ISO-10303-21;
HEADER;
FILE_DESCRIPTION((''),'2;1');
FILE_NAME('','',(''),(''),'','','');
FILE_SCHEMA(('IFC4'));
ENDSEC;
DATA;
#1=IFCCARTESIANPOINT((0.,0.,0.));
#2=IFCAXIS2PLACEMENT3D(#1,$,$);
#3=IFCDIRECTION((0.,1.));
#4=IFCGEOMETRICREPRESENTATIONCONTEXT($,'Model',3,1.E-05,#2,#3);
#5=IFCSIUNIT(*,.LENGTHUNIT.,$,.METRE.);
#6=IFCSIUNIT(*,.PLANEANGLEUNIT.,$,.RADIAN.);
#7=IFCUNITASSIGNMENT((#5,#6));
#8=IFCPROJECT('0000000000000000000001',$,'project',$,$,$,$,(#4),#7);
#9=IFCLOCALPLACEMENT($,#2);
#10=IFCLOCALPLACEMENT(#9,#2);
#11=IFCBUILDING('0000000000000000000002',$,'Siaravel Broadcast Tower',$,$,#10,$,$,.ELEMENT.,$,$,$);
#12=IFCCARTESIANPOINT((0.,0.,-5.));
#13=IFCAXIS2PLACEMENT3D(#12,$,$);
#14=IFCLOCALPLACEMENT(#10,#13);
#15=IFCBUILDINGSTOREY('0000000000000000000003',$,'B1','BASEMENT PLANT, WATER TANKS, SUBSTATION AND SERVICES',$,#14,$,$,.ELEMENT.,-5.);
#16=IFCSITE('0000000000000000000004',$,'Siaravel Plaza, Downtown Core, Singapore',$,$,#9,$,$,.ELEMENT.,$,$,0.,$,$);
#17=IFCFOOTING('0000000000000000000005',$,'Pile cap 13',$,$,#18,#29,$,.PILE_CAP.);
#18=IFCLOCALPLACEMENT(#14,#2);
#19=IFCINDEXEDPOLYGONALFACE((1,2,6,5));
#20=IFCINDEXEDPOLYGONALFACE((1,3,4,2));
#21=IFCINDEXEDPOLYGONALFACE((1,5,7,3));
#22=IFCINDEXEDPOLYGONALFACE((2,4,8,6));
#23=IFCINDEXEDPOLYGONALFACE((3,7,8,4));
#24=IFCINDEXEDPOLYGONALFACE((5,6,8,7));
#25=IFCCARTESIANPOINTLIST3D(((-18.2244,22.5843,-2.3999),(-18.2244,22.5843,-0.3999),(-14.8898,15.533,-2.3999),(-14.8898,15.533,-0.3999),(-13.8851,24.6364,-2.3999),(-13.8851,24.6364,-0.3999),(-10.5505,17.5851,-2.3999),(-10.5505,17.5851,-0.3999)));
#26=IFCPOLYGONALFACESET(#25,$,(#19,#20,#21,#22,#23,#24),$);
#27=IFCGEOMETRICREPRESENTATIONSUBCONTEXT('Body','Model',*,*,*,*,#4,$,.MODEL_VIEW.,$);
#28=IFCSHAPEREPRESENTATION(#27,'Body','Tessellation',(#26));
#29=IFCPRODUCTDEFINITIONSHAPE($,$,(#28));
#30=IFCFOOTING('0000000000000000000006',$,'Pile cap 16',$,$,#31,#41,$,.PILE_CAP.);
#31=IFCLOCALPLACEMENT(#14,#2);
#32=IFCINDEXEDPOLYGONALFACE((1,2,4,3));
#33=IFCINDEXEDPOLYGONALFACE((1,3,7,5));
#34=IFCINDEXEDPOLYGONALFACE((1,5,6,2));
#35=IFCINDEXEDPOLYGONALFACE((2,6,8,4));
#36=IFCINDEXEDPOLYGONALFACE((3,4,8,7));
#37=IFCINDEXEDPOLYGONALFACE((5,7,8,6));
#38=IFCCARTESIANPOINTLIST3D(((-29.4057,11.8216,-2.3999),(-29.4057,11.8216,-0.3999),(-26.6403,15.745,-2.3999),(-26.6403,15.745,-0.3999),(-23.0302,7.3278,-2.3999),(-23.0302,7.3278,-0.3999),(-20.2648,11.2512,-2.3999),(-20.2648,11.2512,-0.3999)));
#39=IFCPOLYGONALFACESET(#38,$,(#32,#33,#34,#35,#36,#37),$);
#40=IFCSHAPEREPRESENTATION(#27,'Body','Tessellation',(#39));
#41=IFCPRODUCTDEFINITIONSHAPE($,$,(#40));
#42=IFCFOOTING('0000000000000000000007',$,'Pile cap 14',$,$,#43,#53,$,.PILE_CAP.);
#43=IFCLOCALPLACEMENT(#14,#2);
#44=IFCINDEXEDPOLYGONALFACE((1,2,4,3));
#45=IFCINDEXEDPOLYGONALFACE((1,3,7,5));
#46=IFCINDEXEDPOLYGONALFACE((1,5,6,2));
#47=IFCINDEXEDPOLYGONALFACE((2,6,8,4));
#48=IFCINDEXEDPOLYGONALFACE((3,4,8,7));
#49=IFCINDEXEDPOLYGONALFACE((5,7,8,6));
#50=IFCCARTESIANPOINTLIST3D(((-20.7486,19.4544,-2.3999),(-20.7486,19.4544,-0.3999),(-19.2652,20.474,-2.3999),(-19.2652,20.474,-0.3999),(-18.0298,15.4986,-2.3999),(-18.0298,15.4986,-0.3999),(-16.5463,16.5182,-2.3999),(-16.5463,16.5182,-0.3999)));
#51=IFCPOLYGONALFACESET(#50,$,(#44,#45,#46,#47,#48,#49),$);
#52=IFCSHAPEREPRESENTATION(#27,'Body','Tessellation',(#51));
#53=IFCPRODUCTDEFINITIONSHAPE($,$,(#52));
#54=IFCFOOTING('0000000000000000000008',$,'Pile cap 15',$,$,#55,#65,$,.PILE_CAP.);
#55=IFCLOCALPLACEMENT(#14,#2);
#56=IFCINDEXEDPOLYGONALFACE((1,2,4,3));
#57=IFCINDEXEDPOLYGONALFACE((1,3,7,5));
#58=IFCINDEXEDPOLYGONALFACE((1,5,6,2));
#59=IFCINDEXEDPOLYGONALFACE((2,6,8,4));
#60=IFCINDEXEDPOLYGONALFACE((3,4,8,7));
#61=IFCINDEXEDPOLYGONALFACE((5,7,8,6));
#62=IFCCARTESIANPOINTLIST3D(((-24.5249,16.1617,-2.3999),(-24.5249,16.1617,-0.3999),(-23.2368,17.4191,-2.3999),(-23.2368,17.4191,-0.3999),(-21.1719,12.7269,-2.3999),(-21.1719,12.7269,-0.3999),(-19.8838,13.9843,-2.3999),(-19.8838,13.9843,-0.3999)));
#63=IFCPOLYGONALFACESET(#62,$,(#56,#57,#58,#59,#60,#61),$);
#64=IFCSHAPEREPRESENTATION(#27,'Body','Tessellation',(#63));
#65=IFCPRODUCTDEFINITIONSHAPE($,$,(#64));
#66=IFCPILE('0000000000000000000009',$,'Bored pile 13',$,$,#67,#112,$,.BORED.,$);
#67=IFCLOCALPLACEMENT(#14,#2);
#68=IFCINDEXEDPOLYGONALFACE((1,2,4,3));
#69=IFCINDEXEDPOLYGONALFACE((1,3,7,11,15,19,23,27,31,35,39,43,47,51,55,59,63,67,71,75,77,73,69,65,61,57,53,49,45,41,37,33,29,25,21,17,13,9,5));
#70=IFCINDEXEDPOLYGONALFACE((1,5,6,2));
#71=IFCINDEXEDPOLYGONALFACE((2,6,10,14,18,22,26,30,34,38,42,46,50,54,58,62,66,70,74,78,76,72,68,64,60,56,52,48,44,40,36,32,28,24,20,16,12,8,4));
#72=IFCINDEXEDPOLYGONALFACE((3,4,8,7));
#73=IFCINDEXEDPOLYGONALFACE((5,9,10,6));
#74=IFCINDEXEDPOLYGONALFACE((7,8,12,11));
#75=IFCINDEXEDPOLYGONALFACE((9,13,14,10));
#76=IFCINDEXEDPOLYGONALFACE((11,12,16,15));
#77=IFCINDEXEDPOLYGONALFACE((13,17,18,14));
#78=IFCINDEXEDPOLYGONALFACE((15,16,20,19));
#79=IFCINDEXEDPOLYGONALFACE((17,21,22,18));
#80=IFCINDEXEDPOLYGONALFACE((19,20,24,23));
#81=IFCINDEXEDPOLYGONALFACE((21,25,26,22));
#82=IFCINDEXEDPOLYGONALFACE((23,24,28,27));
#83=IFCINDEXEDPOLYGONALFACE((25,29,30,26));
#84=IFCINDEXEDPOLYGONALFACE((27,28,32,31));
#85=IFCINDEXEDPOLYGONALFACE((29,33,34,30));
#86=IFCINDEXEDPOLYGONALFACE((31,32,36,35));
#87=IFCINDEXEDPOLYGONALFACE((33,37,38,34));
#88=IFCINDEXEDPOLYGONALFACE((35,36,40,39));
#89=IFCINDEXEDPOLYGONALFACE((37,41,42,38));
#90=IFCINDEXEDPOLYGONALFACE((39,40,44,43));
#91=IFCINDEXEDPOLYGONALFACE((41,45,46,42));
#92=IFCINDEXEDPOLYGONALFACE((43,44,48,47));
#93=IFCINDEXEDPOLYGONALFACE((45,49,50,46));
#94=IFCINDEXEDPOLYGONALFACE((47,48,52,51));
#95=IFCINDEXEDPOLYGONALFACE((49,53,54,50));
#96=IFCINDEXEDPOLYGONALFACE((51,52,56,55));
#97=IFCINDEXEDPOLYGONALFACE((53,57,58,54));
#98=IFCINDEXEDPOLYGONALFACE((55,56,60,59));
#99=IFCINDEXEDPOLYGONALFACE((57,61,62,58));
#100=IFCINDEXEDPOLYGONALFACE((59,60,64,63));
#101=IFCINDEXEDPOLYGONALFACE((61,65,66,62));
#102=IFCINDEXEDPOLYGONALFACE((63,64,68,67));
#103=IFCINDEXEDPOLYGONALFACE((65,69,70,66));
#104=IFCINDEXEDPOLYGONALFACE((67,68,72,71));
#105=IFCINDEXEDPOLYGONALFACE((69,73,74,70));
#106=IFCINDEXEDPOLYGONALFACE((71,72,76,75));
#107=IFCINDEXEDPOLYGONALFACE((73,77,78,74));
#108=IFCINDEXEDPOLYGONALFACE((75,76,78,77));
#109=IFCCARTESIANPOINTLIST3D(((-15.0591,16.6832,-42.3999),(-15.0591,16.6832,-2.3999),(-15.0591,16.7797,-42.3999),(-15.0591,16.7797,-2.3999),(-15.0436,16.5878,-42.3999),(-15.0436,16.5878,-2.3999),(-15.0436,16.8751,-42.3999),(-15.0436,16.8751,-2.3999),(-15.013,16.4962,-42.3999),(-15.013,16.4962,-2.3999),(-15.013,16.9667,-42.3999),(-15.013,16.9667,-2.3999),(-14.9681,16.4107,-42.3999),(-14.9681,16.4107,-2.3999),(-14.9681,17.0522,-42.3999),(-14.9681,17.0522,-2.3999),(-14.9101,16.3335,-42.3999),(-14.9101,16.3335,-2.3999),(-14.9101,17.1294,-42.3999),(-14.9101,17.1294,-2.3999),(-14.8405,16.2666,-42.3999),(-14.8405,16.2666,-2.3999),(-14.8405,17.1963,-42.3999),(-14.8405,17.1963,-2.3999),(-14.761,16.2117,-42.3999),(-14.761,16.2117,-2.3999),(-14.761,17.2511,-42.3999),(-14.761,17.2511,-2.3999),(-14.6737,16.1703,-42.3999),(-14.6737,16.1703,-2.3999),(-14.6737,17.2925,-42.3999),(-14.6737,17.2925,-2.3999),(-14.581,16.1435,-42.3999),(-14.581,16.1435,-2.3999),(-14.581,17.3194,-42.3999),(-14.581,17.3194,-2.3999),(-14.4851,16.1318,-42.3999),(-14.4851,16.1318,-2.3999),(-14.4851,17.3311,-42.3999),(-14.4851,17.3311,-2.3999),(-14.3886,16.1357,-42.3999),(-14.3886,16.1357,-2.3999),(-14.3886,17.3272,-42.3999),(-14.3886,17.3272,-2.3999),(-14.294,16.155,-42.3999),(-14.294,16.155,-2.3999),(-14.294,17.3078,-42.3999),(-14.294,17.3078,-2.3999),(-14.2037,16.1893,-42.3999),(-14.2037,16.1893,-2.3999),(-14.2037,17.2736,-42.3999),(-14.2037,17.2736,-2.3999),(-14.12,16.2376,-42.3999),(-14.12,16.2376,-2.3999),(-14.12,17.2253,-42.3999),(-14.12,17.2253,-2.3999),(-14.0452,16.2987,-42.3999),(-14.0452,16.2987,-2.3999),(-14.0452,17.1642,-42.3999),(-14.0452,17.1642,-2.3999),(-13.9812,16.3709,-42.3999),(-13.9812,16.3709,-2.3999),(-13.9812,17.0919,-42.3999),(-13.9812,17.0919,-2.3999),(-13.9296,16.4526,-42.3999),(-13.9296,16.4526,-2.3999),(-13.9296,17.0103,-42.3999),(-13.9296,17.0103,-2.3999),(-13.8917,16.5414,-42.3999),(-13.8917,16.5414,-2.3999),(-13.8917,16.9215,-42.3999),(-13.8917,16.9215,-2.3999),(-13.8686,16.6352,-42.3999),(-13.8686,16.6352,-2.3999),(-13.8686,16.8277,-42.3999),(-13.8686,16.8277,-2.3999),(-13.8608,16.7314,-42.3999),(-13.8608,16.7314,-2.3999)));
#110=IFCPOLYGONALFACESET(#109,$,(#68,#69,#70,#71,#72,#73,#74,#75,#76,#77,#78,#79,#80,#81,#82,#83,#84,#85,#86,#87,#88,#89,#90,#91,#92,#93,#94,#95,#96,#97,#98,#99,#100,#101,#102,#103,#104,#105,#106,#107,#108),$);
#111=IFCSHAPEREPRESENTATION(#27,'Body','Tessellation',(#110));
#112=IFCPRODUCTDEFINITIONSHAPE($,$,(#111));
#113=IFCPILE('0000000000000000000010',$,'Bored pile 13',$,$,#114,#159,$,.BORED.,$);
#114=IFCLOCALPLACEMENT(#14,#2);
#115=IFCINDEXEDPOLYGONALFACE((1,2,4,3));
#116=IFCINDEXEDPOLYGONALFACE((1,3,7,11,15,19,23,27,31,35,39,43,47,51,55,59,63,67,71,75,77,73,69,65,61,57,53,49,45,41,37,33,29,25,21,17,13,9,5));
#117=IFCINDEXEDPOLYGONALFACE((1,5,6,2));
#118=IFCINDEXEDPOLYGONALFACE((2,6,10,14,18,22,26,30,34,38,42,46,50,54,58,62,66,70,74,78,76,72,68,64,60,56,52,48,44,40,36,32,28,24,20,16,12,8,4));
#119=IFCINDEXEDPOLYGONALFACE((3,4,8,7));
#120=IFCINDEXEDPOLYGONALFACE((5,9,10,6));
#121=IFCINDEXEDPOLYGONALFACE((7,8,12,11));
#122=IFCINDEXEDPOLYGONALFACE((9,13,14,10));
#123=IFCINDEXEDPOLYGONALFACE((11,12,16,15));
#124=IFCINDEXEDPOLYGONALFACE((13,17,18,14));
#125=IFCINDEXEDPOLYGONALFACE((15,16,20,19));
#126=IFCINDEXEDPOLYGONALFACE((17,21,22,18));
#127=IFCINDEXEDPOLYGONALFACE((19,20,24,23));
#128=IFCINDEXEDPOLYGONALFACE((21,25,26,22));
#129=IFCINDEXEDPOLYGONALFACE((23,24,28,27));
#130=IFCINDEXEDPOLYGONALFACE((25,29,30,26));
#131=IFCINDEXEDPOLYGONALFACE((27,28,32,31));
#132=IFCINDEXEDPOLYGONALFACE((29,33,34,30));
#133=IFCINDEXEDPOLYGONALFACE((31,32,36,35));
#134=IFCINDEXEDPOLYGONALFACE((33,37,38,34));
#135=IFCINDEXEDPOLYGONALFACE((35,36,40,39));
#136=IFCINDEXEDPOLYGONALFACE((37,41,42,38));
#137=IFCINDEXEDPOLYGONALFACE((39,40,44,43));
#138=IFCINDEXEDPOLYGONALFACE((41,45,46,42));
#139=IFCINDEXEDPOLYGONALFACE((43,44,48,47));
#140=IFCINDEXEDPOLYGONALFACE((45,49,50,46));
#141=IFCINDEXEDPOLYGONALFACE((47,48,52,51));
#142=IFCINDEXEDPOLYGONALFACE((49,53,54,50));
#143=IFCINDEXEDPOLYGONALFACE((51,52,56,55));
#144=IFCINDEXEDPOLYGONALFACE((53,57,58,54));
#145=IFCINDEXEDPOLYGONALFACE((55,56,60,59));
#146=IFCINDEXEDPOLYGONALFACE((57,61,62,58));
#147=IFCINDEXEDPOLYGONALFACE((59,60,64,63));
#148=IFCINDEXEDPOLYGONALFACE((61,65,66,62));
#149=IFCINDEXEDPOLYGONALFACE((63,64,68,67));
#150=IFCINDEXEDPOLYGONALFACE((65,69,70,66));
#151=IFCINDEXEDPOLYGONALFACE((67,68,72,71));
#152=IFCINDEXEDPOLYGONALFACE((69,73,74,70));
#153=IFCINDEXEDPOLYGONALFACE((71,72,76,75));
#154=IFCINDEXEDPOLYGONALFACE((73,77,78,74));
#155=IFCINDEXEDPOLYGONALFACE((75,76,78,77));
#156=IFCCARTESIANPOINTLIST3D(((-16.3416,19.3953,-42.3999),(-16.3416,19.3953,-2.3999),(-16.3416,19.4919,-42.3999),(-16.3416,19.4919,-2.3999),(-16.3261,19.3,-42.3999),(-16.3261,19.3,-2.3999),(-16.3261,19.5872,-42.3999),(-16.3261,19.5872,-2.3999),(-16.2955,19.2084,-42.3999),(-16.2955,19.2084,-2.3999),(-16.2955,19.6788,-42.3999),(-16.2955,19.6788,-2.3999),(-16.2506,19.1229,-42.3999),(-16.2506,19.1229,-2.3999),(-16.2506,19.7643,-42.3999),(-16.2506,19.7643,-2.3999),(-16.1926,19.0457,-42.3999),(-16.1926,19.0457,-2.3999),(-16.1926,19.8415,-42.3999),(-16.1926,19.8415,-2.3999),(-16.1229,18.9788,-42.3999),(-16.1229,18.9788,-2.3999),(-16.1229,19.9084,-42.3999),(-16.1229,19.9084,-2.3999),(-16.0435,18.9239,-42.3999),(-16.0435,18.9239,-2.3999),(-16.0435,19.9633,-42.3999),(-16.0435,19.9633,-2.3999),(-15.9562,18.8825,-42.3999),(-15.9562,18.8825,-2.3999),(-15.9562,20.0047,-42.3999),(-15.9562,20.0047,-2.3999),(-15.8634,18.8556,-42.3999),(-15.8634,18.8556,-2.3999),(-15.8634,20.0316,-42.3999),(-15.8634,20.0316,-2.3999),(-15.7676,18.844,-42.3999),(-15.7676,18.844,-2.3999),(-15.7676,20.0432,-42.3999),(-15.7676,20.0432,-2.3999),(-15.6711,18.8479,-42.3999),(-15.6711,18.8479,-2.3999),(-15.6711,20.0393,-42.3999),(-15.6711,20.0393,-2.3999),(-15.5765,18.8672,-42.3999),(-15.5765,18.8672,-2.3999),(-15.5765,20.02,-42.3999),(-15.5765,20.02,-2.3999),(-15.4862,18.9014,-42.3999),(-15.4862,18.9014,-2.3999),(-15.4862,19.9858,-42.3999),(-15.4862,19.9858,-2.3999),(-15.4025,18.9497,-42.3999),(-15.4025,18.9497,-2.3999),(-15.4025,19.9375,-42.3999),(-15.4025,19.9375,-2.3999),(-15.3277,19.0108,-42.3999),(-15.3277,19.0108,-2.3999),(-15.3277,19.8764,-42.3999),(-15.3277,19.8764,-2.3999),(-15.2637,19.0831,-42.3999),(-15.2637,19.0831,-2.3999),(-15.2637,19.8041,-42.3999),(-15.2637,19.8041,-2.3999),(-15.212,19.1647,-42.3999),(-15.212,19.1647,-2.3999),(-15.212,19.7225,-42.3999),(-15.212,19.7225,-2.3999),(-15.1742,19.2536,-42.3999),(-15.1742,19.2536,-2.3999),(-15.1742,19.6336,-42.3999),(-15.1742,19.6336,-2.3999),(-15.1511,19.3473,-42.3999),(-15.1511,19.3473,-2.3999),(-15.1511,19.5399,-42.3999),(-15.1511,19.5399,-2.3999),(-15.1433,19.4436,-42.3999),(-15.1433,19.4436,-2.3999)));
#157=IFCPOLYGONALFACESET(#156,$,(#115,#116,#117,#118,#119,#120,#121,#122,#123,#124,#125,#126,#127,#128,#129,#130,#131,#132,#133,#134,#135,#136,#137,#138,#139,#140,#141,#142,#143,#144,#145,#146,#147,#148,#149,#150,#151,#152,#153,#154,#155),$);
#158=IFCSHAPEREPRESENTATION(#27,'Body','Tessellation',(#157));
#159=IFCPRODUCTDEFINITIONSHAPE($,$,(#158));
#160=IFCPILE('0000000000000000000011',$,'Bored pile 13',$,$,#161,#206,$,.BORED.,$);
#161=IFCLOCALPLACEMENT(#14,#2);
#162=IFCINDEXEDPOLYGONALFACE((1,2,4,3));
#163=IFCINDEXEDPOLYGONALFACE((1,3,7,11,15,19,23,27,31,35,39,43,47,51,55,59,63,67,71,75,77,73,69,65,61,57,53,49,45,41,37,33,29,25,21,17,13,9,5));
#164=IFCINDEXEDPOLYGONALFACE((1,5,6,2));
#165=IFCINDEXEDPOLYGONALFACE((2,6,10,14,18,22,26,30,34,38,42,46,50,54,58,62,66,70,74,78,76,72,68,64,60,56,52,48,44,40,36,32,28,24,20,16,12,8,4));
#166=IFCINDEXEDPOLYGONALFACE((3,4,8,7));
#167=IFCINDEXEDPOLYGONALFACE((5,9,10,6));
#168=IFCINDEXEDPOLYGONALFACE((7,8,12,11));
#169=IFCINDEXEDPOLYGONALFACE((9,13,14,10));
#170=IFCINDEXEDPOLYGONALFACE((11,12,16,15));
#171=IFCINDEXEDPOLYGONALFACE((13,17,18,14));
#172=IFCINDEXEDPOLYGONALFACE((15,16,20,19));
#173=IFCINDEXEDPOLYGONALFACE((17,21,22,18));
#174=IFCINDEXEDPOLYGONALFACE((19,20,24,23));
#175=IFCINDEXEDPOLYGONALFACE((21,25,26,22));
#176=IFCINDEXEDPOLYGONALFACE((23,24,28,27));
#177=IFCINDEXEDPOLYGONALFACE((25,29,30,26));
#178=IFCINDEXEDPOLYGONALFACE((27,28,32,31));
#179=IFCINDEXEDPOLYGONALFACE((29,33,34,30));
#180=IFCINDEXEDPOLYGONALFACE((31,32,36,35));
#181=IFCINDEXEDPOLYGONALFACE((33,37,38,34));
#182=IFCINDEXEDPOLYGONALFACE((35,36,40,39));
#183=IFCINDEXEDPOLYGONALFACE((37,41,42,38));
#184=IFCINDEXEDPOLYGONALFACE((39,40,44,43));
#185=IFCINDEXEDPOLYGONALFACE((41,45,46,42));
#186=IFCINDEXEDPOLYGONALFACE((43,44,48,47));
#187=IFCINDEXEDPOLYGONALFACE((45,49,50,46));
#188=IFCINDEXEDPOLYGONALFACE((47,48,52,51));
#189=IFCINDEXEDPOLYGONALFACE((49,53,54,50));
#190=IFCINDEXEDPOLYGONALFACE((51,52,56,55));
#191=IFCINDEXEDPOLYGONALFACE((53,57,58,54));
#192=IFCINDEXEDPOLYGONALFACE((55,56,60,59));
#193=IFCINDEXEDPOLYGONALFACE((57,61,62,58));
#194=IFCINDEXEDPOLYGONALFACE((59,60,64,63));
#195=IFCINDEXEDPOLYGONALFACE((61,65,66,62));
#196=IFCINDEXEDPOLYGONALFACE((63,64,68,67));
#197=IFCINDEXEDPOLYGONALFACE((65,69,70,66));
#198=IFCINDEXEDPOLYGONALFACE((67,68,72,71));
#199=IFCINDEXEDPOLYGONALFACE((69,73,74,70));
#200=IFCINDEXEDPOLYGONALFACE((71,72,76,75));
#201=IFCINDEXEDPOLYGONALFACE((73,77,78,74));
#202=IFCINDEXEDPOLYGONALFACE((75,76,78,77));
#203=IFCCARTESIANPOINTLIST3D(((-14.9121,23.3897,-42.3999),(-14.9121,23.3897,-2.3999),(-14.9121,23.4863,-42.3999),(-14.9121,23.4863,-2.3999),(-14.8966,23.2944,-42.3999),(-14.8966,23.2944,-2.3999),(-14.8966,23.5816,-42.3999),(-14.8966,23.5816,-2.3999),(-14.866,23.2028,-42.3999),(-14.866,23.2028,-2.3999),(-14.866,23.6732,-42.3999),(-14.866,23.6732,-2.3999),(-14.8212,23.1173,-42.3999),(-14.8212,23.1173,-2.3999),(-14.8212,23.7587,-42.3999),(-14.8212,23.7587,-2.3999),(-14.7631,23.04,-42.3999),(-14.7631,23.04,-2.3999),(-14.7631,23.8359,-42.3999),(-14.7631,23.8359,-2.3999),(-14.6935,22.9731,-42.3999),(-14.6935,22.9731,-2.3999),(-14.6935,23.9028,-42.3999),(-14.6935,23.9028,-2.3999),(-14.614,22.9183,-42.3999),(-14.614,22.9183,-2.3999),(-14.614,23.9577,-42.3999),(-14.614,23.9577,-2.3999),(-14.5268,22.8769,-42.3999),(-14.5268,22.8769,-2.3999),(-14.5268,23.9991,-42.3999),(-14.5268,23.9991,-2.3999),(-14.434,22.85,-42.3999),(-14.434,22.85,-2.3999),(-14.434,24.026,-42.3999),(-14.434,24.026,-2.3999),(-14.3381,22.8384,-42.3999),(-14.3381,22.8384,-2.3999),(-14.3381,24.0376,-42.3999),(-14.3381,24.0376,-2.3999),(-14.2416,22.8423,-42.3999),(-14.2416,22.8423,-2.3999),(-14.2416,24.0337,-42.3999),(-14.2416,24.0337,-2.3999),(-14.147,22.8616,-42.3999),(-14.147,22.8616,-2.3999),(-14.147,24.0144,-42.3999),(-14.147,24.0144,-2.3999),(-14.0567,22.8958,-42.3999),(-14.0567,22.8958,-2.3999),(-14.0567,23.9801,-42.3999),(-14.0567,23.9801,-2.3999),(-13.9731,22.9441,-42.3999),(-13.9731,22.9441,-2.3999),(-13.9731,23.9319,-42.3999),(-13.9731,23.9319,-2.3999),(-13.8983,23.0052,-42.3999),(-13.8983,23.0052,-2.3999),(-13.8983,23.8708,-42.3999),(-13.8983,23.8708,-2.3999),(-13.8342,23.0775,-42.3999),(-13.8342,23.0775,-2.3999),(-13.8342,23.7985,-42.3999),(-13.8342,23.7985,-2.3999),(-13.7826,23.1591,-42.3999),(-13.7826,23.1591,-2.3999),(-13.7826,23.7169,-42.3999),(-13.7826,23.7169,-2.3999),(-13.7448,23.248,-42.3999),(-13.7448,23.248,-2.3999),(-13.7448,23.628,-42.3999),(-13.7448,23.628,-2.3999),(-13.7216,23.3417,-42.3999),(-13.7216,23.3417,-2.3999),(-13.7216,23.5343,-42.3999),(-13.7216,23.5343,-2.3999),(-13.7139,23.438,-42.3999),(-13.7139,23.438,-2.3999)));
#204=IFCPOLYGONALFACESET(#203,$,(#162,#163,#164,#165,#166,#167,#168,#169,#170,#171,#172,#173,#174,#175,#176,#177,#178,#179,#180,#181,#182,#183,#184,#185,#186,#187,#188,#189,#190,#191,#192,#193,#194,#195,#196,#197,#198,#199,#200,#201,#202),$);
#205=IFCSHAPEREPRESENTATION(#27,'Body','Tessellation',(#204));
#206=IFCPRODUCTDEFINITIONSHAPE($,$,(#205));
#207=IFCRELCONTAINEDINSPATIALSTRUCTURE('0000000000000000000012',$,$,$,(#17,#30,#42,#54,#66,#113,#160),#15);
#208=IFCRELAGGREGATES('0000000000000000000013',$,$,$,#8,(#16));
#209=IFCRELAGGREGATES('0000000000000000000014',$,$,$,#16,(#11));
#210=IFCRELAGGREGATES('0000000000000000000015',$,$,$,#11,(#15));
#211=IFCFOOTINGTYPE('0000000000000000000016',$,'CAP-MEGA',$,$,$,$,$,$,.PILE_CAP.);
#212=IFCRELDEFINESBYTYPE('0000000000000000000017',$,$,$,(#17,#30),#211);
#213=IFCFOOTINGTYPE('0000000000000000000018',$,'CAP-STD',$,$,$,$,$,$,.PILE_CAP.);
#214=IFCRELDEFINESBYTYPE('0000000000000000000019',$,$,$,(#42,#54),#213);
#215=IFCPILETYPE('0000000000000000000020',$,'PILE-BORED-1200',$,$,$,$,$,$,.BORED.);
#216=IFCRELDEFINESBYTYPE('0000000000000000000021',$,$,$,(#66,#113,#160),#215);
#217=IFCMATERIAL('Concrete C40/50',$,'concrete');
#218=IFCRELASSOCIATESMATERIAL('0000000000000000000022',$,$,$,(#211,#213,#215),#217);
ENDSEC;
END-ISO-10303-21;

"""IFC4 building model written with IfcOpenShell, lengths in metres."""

from ifc_helpers import new_model, si_unit, direction, frame, origin, origin_2d, place, context, subcontext, project, spatial, rectangle, circle, extrude, material, material_profile, profile_set, type_object, element, save


model = new_model("IFC4")

# Units and contexts
model_context = context("Model", 3, precision=1e-05, world=origin(), true_north=direction((0.0, 1.0)))
body_context = subcontext(model_context, "Body", "Model", "MODEL_VIEW")
ifc_project = project(units=[si_unit("LENGTHUNIT", "METRE"), si_unit("PLANEANGLEUNIT", "RADIAN")], contexts=[model_context])

# Site, building, storey
site_placement = place(None, origin())
site = spatial("IfcSite", under=ifc_project, at=site_placement, Name="Siaravel Plaza, Downtown Core, Singapore", CompositionType="ELEMENT", RefElevation=0.0)
building_placement = place(site_placement, origin())
building = spatial("IfcBuilding", under=site, at=building_placement, Name="Siaravel Broadcast Tower", CompositionType="ELEMENT")
storey_placement = place(building_placement, frame((0.0, 0.0, -5.0)))
storey = spatial("IfcBuildingStorey", under=building, at=storey_placement, Name="B1", Description="BASEMENT PLANT, WATER TANKS, SUBSTATION AND SERVICES", CompositionType="ELEMENT", Elevation=-5.0)

# Footings
ifc_material_1 = material(Name="Concrete C40/50", Category="concrete")
footing_type_1 = type_object("IfcFootingType", Name="CAP-MEGA", PredefinedType="PILE_CAP", material=ifc_material_1)
for number, where, z_axis, x_axis, name in (
    (1, (-14.3875, 20.0847, -2.3999), (0.0, 0.0, 1.0), (-0.427516, 0.904008, 0.0), "Pile cap 13"),
    (2, (-24.8352, 11.5364, -2.3999), (0.0, 0.0, 1.0), (-0.817366, 0.576119, 0.0), "Pile cap 16"),
):
    element("IfcFooting", number, at=place(storey_placement, frame(where, z_axis=z_axis, x_axis=x_axis)), inside=storey, type_object=footing_type_1, Name=name, PredefinedType="PILE_CAP", context=body_context, shape_type="SweptSolid", body=[
        extrude(rectangle(XDim=7.8, YDim=4.8, at=origin_2d()), origin(), (0.0, 0.0, 1.0), 2.0),
    ])
footing_type_2 = type_object("IfcFootingType", Name="CAP-STD", PredefinedType="PILE_CAP", material=ifc_material_1)
for number, where, z_axis, x_axis, name in (
    (3, (-18.6475, 17.9863, -2.3999), (0.0, 0.0, 1.0), (-0.566421, 0.824116, 0.0), "Pile cap 14"),
    (4, (-22.2043, 15.073, -2.3999), (0.0, 0.0, 1.0), (-0.698528, 0.715583, 0.0), "Pile cap 15"),
):
    element("IfcFooting", number, at=place(storey_placement, frame(where, z_axis=z_axis, x_axis=x_axis)), inside=storey, type_object=footing_type_2, Name=name, PredefinedType="PILE_CAP", context=body_context, shape_type="SweptSolid", body=[
        extrude(rectangle(XDim=4.8, YDim=1.8, at=origin_2d()), origin(), (0.0, 0.0, 1.0), 2.0),
    ])

# Piles
ifc_material_profile_1 = material_profile(ifc_material_1, circle(Radius=0.6001, at=origin_2d()))
ifc_profile_set_1 = profile_set([ifc_material_profile_1], Name="Concrete C40/50")
pile_type = type_object("IfcPileType", Name="PILE-BORED-1200", PredefinedType="BORED", material=ifc_profile_set_1)
for number, where, z_axis, x_axis, name in (
    (5, (-14.4609, 16.7314, -2.3999), (0.0, 0.0, -1.0), (1.0, 0.0, 0.0), "Bored pile 13"),
    (6, (-15.7434, 19.4436, -2.3999), (0.0, 0.0, -1.0), (1.0, 0.0, 0.0), "Bored pile 13"),
    (7, (-14.314, 23.438, -2.3999), (0.0, 0.0, -1.0), (1.0, 0.0, 0.0), "Bored pile 13"),
):
    element("IfcPile", number, at=place(storey_placement, frame(where, z_axis=z_axis, x_axis=x_axis)), inside=storey, type_object=pile_type, Name=name, PredefinedType="BORED", context=body_context, shape_type="SweptSolid", body=[
        extrude(circle(Radius=0.6001, at=origin_2d()), origin(), (0.0, 0.0, 1.0), 40.0),
    ])

save(model, "model.ifc")
